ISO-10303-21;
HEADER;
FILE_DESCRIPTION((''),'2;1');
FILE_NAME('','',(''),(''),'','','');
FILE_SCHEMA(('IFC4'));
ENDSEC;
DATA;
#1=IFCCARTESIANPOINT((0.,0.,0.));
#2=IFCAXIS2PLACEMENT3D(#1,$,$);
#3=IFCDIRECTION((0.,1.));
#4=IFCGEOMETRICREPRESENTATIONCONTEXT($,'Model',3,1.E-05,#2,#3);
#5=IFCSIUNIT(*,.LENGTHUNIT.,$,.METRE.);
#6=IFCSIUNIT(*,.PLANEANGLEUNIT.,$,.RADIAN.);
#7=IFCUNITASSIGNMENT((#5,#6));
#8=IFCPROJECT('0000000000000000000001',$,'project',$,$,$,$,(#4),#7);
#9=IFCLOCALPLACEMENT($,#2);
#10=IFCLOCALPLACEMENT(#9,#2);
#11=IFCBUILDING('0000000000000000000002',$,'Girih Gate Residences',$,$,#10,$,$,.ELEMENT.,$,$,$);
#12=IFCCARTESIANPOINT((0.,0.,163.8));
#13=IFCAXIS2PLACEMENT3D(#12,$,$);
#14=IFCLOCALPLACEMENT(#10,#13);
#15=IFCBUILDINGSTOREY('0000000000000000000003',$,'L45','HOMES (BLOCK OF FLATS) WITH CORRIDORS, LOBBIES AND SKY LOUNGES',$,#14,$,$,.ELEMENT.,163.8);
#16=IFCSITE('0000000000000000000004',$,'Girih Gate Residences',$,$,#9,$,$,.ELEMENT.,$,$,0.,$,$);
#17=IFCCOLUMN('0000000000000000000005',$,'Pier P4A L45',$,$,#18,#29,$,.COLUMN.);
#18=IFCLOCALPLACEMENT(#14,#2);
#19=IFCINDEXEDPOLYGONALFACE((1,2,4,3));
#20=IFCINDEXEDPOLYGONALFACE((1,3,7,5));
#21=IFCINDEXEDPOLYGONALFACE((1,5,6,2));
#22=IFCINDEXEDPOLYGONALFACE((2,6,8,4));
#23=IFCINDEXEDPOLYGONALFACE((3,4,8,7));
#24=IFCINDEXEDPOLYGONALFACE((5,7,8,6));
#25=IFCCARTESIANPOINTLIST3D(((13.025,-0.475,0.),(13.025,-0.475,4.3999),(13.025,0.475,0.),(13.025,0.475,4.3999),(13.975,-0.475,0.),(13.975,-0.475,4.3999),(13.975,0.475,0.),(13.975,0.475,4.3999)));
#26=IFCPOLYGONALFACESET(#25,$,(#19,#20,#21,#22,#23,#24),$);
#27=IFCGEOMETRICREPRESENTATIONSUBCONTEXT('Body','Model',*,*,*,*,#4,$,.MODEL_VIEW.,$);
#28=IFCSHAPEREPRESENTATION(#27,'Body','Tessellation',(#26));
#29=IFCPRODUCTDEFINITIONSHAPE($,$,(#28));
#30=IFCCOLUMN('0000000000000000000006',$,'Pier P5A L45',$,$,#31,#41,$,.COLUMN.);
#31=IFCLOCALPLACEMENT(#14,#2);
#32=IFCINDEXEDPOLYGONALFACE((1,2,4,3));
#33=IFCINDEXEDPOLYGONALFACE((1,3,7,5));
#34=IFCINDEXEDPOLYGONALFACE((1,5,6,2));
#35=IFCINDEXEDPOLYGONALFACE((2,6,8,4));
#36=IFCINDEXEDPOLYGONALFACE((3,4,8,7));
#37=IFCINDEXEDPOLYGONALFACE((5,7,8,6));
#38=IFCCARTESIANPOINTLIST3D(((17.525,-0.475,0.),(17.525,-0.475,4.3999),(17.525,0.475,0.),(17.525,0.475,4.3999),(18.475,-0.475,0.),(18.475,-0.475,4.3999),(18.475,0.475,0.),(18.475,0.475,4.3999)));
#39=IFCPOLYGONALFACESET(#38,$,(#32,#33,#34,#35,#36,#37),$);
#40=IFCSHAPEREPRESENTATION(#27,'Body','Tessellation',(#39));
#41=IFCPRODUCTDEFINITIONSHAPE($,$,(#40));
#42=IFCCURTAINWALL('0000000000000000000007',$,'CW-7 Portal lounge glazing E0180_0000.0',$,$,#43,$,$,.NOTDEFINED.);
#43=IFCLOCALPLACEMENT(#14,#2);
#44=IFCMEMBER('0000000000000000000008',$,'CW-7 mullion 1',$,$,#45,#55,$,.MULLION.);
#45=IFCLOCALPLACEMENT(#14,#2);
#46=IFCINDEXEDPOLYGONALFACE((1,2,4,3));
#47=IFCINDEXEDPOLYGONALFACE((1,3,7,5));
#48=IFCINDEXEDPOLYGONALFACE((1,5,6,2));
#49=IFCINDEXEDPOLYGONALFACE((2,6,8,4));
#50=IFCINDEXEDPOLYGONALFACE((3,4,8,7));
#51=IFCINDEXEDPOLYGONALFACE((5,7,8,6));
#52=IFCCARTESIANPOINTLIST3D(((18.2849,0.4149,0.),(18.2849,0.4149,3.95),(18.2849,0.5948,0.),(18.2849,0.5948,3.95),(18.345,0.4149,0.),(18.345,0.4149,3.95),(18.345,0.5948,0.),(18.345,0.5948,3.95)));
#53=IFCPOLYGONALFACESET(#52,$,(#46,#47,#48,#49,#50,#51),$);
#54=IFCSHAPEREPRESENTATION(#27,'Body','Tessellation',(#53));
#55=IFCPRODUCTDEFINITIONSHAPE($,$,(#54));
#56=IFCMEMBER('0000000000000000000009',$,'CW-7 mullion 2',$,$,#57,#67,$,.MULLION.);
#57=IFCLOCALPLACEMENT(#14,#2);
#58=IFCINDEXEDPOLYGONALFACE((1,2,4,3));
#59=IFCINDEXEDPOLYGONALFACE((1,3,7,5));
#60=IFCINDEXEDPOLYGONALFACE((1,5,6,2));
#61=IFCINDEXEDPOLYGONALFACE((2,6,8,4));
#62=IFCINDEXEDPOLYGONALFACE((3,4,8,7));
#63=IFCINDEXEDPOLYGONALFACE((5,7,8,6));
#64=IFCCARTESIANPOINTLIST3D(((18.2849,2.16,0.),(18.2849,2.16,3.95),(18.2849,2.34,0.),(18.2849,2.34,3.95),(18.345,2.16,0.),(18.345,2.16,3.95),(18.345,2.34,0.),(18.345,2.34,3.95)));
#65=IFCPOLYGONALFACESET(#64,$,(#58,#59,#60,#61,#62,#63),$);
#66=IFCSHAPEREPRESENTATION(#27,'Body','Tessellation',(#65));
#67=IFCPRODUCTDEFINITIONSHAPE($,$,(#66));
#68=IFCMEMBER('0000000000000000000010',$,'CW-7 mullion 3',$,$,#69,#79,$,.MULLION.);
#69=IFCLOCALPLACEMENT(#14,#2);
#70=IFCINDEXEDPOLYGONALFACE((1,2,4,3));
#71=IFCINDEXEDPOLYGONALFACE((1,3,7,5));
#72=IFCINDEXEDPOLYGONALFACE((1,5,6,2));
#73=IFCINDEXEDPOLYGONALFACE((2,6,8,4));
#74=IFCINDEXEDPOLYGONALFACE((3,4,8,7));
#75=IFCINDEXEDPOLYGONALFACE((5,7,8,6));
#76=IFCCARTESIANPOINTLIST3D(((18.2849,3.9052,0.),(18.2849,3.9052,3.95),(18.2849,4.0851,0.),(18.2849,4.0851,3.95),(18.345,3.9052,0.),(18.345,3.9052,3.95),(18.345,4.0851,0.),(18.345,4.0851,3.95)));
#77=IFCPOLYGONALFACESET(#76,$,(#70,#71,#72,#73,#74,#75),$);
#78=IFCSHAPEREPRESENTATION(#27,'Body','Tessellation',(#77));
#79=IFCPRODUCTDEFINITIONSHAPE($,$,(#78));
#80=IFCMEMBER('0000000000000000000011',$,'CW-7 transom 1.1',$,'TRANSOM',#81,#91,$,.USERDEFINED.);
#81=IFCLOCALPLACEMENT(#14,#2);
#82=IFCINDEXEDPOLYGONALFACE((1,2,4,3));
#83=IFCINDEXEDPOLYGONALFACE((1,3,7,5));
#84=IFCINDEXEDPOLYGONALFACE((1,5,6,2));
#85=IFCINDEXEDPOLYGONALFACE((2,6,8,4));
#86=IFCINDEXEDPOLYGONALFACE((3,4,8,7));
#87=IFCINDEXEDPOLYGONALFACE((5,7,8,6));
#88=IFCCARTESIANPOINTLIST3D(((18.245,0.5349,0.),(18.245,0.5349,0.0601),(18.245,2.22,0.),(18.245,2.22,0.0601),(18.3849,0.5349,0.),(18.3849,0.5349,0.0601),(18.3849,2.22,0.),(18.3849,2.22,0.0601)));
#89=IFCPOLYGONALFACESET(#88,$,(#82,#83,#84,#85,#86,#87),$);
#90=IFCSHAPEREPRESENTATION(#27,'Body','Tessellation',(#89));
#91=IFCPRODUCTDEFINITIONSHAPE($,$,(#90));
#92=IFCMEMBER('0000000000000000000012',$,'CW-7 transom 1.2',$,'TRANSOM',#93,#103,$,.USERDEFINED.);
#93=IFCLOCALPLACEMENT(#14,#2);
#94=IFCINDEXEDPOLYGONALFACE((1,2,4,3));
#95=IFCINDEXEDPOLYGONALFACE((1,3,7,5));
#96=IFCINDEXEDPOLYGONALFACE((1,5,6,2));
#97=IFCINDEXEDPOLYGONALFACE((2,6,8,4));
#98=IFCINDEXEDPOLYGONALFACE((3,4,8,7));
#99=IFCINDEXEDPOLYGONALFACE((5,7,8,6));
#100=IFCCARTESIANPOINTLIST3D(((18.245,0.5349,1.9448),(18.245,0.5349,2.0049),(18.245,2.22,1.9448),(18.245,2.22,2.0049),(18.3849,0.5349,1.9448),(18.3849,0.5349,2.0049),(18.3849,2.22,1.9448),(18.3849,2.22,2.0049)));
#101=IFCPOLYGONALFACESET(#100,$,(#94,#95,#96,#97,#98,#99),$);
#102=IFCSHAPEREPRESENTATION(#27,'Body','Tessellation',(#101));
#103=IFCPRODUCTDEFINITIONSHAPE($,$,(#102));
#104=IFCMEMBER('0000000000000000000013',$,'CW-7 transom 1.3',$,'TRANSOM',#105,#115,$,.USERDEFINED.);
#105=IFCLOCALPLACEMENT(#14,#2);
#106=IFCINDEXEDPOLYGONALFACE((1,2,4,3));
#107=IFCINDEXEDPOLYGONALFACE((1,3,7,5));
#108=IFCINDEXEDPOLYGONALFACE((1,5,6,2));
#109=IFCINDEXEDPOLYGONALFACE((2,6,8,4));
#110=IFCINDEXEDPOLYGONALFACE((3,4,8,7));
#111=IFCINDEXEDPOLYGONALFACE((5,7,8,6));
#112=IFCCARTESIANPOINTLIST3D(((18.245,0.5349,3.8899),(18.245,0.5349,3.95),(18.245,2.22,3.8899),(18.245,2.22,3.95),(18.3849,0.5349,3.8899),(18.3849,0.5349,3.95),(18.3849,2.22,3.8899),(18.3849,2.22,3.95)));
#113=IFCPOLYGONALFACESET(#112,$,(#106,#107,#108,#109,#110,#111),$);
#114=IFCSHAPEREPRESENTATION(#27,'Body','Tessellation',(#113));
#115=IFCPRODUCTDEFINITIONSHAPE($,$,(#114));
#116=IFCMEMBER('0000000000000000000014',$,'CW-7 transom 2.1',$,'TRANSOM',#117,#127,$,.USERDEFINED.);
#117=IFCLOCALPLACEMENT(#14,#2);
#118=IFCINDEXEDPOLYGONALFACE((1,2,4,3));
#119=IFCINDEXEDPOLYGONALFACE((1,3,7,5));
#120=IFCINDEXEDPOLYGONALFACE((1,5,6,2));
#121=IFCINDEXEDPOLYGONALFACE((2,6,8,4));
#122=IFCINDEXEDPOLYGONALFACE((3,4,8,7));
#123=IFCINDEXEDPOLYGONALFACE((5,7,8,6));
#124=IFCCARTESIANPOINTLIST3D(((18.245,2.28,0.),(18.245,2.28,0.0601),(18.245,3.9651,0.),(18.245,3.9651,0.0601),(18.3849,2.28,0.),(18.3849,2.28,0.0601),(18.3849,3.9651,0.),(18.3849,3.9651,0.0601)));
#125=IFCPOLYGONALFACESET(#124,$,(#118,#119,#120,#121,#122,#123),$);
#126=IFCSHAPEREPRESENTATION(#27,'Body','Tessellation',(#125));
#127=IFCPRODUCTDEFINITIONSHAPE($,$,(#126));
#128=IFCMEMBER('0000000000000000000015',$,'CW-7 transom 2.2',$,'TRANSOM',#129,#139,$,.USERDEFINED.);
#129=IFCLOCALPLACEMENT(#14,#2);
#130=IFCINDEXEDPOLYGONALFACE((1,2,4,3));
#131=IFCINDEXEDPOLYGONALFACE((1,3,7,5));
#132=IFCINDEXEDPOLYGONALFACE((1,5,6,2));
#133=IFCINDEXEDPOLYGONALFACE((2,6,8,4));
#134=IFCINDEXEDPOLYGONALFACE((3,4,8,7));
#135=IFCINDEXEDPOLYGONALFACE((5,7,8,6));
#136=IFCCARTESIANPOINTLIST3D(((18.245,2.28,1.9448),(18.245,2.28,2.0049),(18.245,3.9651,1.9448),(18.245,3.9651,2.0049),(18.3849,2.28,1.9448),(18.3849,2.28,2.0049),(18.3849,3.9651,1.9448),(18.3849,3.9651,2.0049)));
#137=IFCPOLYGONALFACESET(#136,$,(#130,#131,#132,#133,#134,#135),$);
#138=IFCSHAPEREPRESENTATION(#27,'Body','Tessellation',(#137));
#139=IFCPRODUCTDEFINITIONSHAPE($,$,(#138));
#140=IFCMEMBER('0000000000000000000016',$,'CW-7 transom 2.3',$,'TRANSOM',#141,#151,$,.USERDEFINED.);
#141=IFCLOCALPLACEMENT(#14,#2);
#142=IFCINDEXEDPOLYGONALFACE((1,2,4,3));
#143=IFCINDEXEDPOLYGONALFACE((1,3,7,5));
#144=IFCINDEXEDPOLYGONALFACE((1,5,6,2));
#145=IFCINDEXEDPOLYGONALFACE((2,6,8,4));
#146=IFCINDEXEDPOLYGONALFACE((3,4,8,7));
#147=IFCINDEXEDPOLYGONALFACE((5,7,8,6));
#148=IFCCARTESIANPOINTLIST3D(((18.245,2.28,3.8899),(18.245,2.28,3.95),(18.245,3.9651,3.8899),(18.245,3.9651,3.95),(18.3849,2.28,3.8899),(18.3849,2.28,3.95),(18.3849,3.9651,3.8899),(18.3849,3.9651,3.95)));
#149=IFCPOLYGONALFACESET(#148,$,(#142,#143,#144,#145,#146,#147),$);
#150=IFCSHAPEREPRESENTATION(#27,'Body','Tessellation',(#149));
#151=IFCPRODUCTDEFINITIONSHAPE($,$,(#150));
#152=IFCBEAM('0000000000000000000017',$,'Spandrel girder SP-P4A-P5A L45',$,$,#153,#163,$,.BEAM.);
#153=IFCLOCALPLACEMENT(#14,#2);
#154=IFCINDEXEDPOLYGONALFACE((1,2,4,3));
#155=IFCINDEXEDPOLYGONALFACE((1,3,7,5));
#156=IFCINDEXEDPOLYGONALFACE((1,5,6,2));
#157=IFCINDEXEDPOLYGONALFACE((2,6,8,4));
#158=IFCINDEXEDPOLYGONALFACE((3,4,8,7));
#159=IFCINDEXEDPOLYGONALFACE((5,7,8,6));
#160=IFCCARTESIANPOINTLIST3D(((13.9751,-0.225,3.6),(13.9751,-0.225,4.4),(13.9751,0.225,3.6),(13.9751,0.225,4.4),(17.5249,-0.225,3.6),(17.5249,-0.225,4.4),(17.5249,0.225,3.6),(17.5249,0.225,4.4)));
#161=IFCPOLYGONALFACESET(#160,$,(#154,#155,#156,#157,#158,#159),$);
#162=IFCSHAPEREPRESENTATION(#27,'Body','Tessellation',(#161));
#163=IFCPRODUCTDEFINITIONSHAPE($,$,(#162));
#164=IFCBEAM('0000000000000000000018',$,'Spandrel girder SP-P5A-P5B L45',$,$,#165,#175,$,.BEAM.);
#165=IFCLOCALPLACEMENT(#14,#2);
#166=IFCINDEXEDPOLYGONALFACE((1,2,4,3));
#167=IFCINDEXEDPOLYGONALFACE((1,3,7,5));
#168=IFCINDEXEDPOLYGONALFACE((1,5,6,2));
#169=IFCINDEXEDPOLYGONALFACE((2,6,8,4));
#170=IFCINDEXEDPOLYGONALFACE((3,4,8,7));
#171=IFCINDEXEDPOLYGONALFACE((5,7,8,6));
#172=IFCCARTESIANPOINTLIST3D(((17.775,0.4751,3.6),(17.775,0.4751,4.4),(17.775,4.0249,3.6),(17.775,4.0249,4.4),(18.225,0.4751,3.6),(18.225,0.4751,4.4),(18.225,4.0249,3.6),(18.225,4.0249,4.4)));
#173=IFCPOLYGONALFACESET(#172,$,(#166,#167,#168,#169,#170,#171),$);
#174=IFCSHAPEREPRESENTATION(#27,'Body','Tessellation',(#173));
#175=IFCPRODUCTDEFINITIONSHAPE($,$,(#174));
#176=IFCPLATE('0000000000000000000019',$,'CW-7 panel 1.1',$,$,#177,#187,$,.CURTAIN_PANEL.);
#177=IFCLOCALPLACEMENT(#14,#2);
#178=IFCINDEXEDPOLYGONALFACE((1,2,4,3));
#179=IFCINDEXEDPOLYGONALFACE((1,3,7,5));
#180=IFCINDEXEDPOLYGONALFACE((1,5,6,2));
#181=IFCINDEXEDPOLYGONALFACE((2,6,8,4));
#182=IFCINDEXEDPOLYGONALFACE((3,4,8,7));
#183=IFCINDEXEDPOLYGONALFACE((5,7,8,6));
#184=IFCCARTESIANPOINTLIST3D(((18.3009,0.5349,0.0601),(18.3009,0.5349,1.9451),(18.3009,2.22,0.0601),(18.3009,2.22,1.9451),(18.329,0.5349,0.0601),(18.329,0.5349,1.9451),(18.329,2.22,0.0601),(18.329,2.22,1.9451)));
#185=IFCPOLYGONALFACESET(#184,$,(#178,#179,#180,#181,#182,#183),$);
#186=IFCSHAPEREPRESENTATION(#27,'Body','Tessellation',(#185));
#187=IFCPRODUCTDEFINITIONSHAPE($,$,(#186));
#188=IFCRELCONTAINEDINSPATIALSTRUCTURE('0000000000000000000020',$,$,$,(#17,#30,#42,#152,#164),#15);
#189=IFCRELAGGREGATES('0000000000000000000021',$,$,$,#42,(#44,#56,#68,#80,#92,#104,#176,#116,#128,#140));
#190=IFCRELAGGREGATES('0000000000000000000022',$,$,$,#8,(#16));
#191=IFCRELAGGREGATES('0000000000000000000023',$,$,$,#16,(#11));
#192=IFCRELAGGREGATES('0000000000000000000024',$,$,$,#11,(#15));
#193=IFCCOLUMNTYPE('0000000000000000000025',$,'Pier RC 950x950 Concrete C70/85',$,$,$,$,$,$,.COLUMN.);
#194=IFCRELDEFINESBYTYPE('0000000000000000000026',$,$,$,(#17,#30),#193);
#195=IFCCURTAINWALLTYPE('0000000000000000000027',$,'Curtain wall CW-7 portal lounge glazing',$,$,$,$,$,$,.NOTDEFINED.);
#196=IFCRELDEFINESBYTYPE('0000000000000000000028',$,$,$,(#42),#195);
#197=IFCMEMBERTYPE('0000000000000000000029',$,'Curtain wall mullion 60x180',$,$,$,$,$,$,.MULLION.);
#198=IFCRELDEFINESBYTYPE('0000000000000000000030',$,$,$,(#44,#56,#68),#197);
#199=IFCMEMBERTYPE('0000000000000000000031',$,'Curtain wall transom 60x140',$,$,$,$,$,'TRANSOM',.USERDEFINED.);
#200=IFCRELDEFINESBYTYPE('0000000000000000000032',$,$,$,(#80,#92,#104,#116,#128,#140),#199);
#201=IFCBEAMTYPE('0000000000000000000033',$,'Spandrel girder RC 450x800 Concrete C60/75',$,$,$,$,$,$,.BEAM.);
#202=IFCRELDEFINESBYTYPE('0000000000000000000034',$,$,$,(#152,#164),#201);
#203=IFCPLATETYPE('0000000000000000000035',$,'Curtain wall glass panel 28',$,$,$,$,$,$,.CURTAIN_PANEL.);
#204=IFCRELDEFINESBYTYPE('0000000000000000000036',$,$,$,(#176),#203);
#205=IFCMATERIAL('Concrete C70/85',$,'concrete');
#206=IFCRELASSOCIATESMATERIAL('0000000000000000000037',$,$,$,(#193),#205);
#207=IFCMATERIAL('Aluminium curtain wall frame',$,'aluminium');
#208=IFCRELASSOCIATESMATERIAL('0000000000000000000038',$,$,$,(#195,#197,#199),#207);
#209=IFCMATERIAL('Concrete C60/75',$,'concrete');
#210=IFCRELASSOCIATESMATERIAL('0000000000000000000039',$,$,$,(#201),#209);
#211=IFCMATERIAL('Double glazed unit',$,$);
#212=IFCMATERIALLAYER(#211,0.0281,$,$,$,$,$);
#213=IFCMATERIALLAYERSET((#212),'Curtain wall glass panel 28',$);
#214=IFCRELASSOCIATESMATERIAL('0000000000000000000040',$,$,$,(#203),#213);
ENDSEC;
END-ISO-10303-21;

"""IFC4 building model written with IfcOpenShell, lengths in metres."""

from ifc_helpers import new_model, si_unit, direction, frame, origin, origin_2d, place, context, subcontext, project, spatial, rectangle, extrude, material, layer, layer_set, material_profile, profile_set, type_object, element, aggregate, save


model = new_model("IFC4")

# Units and contexts
model_context = context("Model", 3, precision=1e-05, world=origin(), true_north=direction((0.0, 1.0)))
body_context = subcontext(model_context, "Body", "Model", "MODEL_VIEW")
ifc_project = project(units=[si_unit("LENGTHUNIT", "METRE"), si_unit("PLANEANGLEUNIT", "RADIAN")], contexts=[model_context])

# Site, building, storey
site_placement = place(None, origin())
site = spatial("IfcSite", under=ifc_project, at=site_placement, Name="Girih Gate Residences", CompositionType="ELEMENT", RefElevation=0.0)
building_placement = place(site_placement, origin())
building = spatial("IfcBuilding", under=site, at=building_placement, Name="Girih Gate Residences", CompositionType="ELEMENT")
storey_placement = place(building_placement, frame((0.0, 0.0, 163.8)))
storey = spatial("IfcBuildingStorey", under=building, at=storey_placement, Name="L45", Description="HOMES (BLOCK OF FLATS) WITH CORRIDORS, LOBBIES AND SKY LOUNGES", CompositionType="ELEMENT", Elevation=163.8)

# Columns
ifc_material_1 = material(Name="Concrete C70/85", Category="concrete")
ifc_material_profile_1 = material_profile(ifc_material_1, rectangle(XDim=0.95, YDim=0.95, at=origin_2d()))
ifc_profile_set_1 = profile_set([ifc_material_profile_1], Name="Concrete C70/85")
column_type = type_object("IfcColumnType", Name="Pier RC 950x950 Concrete C70/85", PredefinedType="COLUMN", material=ifc_profile_set_1)
for number, where, z_axis, x_axis, name in (
    (1, (13.5, 0.0, 0.0), (0.0, 0.0, 1.0), (1.0, 0.0, 0.0), "Pier P4A L45"),
    (2, (18.0, 0.0, 0.0), (0.0, 0.0, 1.0), (1.0, 0.0, 0.0), "Pier P5A L45"),
):
    element("IfcColumn", number, at=place(storey_placement, frame(where, z_axis=z_axis, x_axis=x_axis)), inside=storey, type_object=column_type, Name=name, PredefinedType="COLUMN", context=body_context, shape_type="SweptSolid", body=[
        extrude(rectangle(XDim=0.95, YDim=0.95, at=origin_2d()), origin(), (0.0, 0.0, 1.0), 4.3999),
    ])

# Curtain wall, members
ifc_material_2 = material(Name="Aluminium curtain wall frame", Category="aluminium")
curtain_wall_type = type_object("IfcCurtainWallType", Name="Curtain wall CW-7 portal lounge glazing", PredefinedType="NOTDEFINED", material=ifc_material_2)
curtain_wall_placement = place(storey_placement, origin())
curtain_wall = element("IfcCurtainWall", 3, at=curtain_wall_placement, inside=storey, type_object=curtain_wall_type, Name="CW-7 Portal lounge glazing E0180_0000.0", PredefinedType="NOTDEFINED")
ifc_material_profile_2 = material_profile(ifc_material_2, rectangle(XDim=0.0601, YDim=0.1799, at=origin_2d()))
ifc_profile_set_2 = profile_set([ifc_material_profile_2], Name="Aluminium curtain wall frame")
member_type_1 = type_object("IfcMemberType", Name="Curtain wall mullion 60x180", PredefinedType="MULLION", material=ifc_profile_set_2)
member_1_placement = place(storey_placement, frame((18.3149, 0.5049, 0.0), z_axis=(0.0, 0.0, 1.0), x_axis=(-1.0, 0.0, 0.0)))
member_1 = element("IfcMember", 4, at=member_1_placement, type_object=member_type_1, Name="CW-7 mullion 1", PredefinedType="MULLION", context=body_context, shape_type="SweptSolid", body=[
    extrude(rectangle(XDim=0.0601, YDim=0.1799, at=origin_2d()), origin(), (0.0, 0.0, 1.0), 3.95),
])
member_2_placement = place(storey_placement, frame((18.3149, 2.25, 0.0), z_axis=(0.0, 0.0, 1.0), x_axis=(-1.0, 0.0, 0.0)))
member_2 = element("IfcMember", 5, at=member_2_placement, type_object=member_type_1, Name="CW-7 mullion 2", PredefinedType="MULLION", context=body_context, shape_type="SweptSolid", body=[
    extrude(rectangle(XDim=0.0601, YDim=0.1799, at=origin_2d()), origin(), (0.0, 0.0, 1.0), 3.95),
])
member_3_placement = place(storey_placement, frame((18.3149, 3.9951, 0.0), z_axis=(0.0, 0.0, 1.0), x_axis=(-1.0, 0.0, 0.0)))
member_3 = element("IfcMember", 6, at=member_3_placement, type_object=member_type_1, Name="CW-7 mullion 3", PredefinedType="MULLION", context=body_context, shape_type="SweptSolid", body=[
    extrude(rectangle(XDim=0.0601, YDim=0.1799, at=origin_2d()), origin(), (0.0, 0.0, 1.0), 3.95),
])
ifc_material_profile_3 = material_profile(ifc_material_2, rectangle(XDim=0.1399, YDim=0.0601, at=origin_2d()))
ifc_profile_set_3 = profile_set([ifc_material_profile_3], Name="Aluminium curtain wall frame")
member_type_2 = type_object("IfcMemberType", Name="Curtain wall transom 60x140", ElementType="TRANSOM", PredefinedType="USERDEFINED", material=ifc_profile_set_3)
member_4_placement = place(storey_placement, frame((18.3149, 0.5349, 0.03), z_axis=(0.0, 1.0, 0.0), x_axis=(-1.0, 0.0, 0.0)))
member_4 = element("IfcMember", 7, at=member_4_placement, type_object=member_type_2, Name="CW-7 transom 1.1", ObjectType="TRANSOM", PredefinedType="USERDEFINED", context=body_context, shape_type="SweptSolid", body=[
    extrude(rectangle(XDim=0.1399, YDim=0.0601, at=origin_2d()), origin(), (0.0, 0.0, 1.0), 1.6851),
])
member_5_placement = place(storey_placement, frame((18.3149, 0.5349, 1.9749), z_axis=(0.0, 1.0, 0.0), x_axis=(-1.0, 0.0, 0.0)))
member_5 = element("IfcMember", 8, at=member_5_placement, type_object=member_type_2, Name="CW-7 transom 1.2", ObjectType="TRANSOM", PredefinedType="USERDEFINED", context=body_context, shape_type="SweptSolid", body=[
    extrude(rectangle(XDim=0.1399, YDim=0.0601, at=origin_2d()), origin(), (0.0, 0.0, 1.0), 1.6851),
])
member_6_placement = place(storey_placement, frame((18.3149, 0.5349, 3.9199), z_axis=(0.0, 1.0, 0.0), x_axis=(-1.0, 0.0, 0.0)))
member_6 = element("IfcMember", 9, at=member_6_placement, type_object=member_type_2, Name="CW-7 transom 1.3", ObjectType="TRANSOM", PredefinedType="USERDEFINED", context=body_context, shape_type="SweptSolid", body=[
    extrude(rectangle(XDim=0.1399, YDim=0.0601, at=origin_2d()), origin(), (0.0, 0.0, 1.0), 1.6851),
])
member_7_placement = place(storey_placement, frame((18.3149, 2.28, 0.03), z_axis=(0.0, 1.0, 0.0), x_axis=(-1.0, 0.0, 0.0)))
member_7 = element("IfcMember", 10, at=member_7_placement, type_object=member_type_2, Name="CW-7 transom 2.1", ObjectType="TRANSOM", PredefinedType="USERDEFINED", context=body_context, shape_type="SweptSolid", body=[
    extrude(rectangle(XDim=0.1399, YDim=0.0601, at=origin_2d()), origin(), (0.0, 0.0, 1.0), 1.6851),
])
member_8_placement = place(storey_placement, frame((18.3149, 2.28, 1.9749), z_axis=(0.0, 1.0, 0.0), x_axis=(-1.0, 0.0, 0.0)))
member_8 = element("IfcMember", 11, at=member_8_placement, type_object=member_type_2, Name="CW-7 transom 2.2", ObjectType="TRANSOM", PredefinedType="USERDEFINED", context=body_context, shape_type="SweptSolid", body=[
    extrude(rectangle(XDim=0.1399, YDim=0.0601, at=origin_2d()), origin(), (0.0, 0.0, 1.0), 1.6851),
])
member_9_placement = place(storey_placement, frame((18.3149, 2.28, 3.9199), z_axis=(0.0, 1.0, 0.0), x_axis=(-1.0, 0.0, 0.0)))
member_9 = element("IfcMember", 12, at=member_9_placement, type_object=member_type_2, Name="CW-7 transom 2.3", ObjectType="TRANSOM", PredefinedType="USERDEFINED", context=body_context, shape_type="SweptSolid", body=[
    extrude(rectangle(XDim=0.1399, YDim=0.0601, at=origin_2d()), origin(), (0.0, 0.0, 1.0), 1.6851),
])

# Beams
ifc_material_3 = material(Name="Concrete C60/75", Category="concrete")
ifc_material_profile_4 = material_profile(ifc_material_3, rectangle(XDim=0.45, YDim=0.8, at=origin_2d()))
ifc_profile_set_4 = profile_set([ifc_material_profile_4], Name="Concrete C60/75")
beam_type = type_object("IfcBeamType", Name="Spandrel girder RC 450x800 Concrete C60/75", PredefinedType="BEAM", material=ifc_profile_set_4)
for number, where, z_axis, x_axis, name in (
    (13, (13.9751, 0.0, 4.0), (1.0, 0.0, 0.0), (0.0, 1.0, 0.0), "Spandrel girder SP-P4A-P5A L45"),
    (14, (18.0, 0.4751, 4.0), (0.0, 1.0, 0.0), (-1.0, 0.0, 0.0), "Spandrel girder SP-P5A-P5B L45"),
):
    element("IfcBeam", number, at=place(storey_placement, frame(where, z_axis=z_axis, x_axis=x_axis)), inside=storey, type_object=beam_type, Name=name, PredefinedType="BEAM", context=body_context, shape_type="SweptSolid", body=[
        extrude(rectangle(XDim=0.45, YDim=0.8, at=origin_2d()), origin(), (0.0, 0.0, 1.0), 3.5498),
    ])

# Plate
ifc_material_4 = material(Name="Double glazed unit")
ifc_layer_1 = layer(ifc_material_4, 0.0281)
ifc_layer_set_1 = layer_set([ifc_layer_1], Name="Curtain wall glass panel 28")
plate_type = type_object("IfcPlateType", Name="Curtain wall glass panel 28", PredefinedType="CURTAIN_PANEL", material=ifc_layer_set_1)
plate_1_placement = place(storey_placement, frame((18.3149, 1.3774, 0.0601), z_axis=(0.0, 0.0, 1.0), x_axis=(0.0, 1.0, 0.0)))
plate_1 = element("IfcPlate", 15, at=plate_1_placement, type_object=plate_type, Name="CW-7 panel 1.1", PredefinedType="CURTAIN_PANEL", context=body_context, shape_type="SweptSolid", body=[
    extrude(rectangle(XDim=1.6851, YDim=0.0281, at=origin_2d()), origin(), (0.0, 0.0, 1.0), 1.885),
])
aggregate(curtain_wall, [member_1, member_2, member_3, member_4, member_5, member_6, plate_1, member_7, member_8, member_9])

save(model, "model.ifc")
